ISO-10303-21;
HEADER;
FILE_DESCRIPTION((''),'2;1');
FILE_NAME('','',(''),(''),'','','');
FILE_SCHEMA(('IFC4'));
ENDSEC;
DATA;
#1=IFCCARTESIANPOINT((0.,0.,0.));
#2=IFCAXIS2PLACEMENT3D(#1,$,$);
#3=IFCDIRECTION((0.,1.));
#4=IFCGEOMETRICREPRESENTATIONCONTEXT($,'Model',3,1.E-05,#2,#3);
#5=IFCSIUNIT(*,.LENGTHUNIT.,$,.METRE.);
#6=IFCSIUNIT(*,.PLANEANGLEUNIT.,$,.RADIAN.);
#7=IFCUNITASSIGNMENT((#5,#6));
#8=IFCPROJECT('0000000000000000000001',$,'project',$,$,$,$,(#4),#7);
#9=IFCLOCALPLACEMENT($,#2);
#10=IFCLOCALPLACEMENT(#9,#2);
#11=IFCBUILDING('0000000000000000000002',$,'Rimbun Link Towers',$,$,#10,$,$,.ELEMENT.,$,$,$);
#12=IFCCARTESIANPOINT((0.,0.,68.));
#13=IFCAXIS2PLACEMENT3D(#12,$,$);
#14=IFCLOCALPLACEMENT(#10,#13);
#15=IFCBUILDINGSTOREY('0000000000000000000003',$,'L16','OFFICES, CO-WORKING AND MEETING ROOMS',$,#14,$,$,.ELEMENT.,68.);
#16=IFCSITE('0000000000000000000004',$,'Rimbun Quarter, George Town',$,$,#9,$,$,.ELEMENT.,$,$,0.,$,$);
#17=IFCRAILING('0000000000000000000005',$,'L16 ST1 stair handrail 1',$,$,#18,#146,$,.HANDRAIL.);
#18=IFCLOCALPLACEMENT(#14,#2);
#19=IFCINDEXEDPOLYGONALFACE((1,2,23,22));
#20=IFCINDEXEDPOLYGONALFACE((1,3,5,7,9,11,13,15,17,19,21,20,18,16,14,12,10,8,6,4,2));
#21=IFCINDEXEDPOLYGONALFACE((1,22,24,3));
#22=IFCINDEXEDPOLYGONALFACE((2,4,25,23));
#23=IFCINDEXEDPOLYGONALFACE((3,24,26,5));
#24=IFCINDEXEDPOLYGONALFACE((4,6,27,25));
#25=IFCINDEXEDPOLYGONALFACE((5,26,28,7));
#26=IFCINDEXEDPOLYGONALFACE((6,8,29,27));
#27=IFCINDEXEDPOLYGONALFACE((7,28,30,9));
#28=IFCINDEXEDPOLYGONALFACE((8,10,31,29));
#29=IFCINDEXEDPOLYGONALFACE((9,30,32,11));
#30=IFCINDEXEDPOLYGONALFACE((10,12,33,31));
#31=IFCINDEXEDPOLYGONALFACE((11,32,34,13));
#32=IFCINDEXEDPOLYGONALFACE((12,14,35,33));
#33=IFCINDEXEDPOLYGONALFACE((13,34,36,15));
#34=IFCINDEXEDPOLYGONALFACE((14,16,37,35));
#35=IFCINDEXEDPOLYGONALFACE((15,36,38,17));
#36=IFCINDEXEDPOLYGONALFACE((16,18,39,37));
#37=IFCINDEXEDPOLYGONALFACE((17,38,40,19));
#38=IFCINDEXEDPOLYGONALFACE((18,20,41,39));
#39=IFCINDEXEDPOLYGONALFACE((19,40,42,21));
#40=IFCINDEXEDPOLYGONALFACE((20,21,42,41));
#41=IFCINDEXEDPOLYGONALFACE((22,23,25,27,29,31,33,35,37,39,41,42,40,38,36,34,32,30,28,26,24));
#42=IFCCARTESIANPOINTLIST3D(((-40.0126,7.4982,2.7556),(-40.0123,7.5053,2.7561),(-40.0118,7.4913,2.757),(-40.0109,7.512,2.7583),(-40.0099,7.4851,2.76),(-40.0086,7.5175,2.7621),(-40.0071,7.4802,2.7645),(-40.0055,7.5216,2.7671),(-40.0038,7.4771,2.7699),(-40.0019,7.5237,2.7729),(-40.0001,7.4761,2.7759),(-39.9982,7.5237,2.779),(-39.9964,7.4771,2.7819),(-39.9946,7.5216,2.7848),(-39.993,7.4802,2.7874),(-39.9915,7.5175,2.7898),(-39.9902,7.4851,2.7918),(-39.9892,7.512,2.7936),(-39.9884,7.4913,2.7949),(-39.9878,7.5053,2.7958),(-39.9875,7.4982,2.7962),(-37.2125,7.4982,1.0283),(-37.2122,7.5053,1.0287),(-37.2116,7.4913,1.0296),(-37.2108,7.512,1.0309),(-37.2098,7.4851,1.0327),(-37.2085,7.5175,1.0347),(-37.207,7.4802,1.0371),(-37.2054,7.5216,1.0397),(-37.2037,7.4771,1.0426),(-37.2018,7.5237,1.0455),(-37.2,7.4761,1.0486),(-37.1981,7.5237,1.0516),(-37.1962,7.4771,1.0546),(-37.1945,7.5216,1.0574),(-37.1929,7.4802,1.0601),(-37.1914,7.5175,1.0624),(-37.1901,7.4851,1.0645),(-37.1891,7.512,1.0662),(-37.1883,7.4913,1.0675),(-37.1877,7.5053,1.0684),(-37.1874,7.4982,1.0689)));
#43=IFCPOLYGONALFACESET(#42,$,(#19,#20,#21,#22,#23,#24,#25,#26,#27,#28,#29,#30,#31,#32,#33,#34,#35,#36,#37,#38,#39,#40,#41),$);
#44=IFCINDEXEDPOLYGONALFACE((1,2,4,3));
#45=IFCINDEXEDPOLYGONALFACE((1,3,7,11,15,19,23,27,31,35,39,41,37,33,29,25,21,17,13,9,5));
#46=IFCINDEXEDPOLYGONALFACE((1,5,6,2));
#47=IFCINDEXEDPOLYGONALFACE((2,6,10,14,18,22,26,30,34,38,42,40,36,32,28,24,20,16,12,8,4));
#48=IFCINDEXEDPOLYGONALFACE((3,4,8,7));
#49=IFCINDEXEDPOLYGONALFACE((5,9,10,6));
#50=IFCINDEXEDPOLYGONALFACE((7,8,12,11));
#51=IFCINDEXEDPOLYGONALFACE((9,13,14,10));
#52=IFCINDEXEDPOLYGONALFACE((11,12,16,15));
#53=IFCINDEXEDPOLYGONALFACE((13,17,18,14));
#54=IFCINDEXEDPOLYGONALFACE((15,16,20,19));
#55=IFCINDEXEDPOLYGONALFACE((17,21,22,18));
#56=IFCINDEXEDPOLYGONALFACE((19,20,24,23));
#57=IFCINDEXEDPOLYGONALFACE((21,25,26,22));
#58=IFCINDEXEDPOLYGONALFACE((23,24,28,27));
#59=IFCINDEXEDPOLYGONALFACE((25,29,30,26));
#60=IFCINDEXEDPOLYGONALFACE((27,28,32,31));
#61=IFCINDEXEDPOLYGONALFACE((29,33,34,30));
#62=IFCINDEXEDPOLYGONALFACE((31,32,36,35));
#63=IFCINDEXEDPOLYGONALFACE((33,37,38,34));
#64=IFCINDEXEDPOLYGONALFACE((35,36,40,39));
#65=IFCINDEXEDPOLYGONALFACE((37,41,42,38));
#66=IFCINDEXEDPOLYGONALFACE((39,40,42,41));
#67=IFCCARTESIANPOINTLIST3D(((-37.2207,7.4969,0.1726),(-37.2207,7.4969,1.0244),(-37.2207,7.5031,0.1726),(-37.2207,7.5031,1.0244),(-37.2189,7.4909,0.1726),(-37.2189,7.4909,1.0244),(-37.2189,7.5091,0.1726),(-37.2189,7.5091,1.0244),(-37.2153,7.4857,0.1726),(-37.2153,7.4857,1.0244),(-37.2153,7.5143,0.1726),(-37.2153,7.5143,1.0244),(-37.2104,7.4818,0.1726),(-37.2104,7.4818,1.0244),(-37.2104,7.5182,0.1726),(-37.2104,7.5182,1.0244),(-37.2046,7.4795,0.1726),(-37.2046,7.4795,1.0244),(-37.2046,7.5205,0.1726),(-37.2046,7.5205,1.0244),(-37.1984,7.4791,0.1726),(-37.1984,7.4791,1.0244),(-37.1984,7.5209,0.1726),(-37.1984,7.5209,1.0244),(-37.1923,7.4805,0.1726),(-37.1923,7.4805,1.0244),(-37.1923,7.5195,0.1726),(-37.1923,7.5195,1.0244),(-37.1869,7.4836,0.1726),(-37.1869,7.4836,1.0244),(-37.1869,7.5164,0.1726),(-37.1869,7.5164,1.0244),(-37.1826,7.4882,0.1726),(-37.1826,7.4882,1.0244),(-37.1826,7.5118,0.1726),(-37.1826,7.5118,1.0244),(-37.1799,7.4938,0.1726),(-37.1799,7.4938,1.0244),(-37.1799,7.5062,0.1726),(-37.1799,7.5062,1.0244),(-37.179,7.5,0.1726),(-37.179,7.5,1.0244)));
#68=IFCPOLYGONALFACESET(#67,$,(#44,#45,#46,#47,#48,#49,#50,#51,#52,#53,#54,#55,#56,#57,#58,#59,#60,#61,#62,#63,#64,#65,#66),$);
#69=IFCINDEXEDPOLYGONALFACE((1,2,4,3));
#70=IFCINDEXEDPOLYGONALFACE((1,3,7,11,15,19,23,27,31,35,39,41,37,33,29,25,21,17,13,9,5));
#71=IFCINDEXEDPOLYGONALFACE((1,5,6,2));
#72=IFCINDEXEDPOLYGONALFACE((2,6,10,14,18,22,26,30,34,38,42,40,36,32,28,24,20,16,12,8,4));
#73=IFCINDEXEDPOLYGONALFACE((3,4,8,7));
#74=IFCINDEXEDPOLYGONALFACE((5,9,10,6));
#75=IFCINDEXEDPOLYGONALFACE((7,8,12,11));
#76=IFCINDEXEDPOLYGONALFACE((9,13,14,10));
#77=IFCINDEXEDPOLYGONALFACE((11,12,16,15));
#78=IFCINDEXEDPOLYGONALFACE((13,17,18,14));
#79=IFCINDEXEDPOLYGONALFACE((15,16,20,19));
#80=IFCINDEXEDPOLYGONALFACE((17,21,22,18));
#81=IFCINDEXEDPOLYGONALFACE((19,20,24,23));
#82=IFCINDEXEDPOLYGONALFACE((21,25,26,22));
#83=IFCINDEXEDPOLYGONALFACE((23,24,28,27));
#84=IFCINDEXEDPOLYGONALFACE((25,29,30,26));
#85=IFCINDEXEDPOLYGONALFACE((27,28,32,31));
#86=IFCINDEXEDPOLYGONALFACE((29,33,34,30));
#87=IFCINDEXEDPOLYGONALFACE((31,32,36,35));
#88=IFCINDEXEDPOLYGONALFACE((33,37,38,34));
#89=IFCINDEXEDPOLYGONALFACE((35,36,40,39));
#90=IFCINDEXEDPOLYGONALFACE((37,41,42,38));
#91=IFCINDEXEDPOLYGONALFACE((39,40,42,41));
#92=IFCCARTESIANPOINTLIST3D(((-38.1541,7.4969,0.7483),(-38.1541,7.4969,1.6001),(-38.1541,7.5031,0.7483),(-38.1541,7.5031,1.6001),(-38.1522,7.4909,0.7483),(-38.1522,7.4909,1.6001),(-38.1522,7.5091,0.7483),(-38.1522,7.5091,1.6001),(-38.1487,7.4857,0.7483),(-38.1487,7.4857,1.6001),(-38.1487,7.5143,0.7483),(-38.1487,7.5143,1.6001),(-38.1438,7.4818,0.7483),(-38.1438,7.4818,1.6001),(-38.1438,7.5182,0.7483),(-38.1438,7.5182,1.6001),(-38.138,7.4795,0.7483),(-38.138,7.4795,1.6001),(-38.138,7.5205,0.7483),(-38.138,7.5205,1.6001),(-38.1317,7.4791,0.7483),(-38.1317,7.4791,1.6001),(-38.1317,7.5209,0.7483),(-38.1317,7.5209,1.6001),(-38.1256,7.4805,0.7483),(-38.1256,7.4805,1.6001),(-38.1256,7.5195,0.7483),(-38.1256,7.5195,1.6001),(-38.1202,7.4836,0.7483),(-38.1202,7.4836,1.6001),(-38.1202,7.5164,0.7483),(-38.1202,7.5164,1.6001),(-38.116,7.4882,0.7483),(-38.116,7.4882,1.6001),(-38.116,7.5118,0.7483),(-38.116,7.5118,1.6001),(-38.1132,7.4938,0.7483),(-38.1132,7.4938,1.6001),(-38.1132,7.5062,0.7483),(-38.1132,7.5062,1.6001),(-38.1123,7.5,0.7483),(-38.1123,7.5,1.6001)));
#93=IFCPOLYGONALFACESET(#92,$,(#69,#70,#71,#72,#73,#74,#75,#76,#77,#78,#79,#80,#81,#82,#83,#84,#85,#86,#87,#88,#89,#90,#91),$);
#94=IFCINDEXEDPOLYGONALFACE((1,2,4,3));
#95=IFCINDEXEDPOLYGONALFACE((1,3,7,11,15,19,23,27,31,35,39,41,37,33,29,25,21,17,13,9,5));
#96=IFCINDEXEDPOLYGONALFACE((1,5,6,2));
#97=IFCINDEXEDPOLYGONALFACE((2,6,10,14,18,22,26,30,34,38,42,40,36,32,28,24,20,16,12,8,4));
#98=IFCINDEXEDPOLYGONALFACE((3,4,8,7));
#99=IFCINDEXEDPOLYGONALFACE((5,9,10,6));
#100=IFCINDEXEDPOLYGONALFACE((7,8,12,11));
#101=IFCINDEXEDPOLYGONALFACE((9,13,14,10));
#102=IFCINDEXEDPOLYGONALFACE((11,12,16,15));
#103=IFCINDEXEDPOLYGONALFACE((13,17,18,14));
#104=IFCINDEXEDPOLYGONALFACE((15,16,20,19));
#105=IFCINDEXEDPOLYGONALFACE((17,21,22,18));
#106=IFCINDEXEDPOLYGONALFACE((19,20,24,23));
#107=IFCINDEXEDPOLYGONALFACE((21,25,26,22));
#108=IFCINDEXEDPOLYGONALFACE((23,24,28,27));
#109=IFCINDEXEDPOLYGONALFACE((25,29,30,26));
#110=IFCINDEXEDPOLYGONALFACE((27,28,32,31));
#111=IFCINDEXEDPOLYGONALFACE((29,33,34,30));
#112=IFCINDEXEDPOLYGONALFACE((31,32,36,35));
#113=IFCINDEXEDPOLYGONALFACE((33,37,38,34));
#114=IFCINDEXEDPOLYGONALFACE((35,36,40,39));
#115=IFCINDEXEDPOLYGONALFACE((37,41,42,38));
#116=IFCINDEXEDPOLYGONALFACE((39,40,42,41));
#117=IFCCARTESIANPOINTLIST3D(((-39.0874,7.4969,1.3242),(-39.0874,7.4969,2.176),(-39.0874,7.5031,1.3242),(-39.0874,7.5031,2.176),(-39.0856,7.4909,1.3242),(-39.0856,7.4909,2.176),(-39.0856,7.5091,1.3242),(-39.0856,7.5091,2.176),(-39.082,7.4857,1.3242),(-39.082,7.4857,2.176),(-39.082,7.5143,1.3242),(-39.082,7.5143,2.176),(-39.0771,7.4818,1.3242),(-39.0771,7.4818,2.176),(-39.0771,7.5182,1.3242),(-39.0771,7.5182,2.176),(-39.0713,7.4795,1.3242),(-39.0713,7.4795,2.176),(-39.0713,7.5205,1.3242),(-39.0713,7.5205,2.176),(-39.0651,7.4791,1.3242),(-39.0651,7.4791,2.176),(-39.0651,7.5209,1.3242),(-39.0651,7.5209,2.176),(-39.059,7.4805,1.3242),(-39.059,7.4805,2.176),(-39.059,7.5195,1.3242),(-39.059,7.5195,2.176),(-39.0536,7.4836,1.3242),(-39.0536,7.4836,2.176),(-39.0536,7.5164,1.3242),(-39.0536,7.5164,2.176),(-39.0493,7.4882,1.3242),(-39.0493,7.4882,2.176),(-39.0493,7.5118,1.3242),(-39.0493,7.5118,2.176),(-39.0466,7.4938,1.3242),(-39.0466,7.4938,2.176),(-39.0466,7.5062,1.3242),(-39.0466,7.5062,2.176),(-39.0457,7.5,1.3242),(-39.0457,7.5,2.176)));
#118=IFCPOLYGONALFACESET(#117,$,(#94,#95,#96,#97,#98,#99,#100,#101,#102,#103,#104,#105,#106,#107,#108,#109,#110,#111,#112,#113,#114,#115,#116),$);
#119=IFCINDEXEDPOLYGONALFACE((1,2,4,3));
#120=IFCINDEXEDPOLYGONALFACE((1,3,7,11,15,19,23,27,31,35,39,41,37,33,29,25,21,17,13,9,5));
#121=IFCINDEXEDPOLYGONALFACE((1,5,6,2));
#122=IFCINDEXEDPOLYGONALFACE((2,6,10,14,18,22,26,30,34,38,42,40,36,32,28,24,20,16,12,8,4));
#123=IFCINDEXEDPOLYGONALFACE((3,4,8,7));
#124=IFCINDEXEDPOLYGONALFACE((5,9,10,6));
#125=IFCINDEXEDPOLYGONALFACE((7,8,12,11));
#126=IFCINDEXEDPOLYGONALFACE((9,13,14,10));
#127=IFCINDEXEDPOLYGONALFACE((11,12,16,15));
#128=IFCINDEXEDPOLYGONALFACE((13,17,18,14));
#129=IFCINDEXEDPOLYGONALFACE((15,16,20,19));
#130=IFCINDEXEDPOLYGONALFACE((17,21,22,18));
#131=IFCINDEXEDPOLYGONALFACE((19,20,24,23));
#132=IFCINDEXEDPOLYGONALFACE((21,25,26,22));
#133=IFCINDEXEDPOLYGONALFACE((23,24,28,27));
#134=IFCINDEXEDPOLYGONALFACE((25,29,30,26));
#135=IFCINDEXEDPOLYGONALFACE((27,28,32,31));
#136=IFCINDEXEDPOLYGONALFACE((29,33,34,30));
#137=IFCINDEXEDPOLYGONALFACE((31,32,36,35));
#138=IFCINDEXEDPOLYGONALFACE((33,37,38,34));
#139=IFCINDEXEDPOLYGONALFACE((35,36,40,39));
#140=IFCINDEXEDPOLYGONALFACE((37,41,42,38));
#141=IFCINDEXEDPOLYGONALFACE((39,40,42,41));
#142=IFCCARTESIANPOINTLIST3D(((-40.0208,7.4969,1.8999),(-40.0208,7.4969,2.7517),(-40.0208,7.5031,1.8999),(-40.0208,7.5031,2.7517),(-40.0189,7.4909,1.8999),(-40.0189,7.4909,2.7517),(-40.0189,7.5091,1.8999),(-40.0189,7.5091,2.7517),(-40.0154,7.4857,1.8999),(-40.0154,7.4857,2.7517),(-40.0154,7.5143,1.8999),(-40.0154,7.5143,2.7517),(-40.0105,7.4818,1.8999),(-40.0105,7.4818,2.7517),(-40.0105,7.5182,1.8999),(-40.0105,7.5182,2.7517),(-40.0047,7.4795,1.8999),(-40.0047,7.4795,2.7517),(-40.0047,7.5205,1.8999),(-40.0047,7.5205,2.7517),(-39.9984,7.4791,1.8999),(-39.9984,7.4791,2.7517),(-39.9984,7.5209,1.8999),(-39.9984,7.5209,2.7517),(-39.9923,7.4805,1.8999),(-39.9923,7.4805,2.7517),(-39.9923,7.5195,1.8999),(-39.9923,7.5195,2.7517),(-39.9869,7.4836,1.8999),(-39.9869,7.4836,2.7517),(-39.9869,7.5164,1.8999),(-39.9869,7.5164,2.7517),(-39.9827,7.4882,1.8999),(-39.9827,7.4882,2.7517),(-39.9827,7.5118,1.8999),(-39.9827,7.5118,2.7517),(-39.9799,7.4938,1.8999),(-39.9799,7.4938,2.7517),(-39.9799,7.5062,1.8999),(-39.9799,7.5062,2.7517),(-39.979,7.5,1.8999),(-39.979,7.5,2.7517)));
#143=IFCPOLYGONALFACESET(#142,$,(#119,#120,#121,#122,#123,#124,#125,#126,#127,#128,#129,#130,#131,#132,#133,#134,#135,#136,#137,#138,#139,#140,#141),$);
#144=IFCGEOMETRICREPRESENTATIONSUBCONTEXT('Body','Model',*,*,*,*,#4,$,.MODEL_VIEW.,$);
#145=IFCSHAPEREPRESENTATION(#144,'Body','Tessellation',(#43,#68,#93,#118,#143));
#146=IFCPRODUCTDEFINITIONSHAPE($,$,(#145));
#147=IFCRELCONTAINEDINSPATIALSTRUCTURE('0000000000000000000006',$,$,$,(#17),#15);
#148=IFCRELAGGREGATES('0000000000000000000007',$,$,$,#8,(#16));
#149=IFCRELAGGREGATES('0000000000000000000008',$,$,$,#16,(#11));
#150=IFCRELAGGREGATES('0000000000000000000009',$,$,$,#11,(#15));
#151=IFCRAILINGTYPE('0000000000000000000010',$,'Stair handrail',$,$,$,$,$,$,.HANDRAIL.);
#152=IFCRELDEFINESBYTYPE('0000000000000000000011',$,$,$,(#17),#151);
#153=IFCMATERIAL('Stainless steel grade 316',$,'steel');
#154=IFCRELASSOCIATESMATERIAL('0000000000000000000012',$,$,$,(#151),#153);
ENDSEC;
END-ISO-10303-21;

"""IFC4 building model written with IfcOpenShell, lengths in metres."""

from ifc_helpers import new_model, si_unit, direction, frame, origin, origin_2d, place, context, subcontext, project, spatial, circle, extrude, material, type_object, element, save


model = new_model("IFC4")

# Units and contexts
model_context = context("Model", 3, precision=1e-05, world=origin(), true_north=direction((0.0, 1.0)))
body_context = subcontext(model_context, "Body", "Model", "MODEL_VIEW")
ifc_project = project(units=[si_unit("LENGTHUNIT", "METRE"), si_unit("PLANEANGLEUNIT", "RADIAN")], contexts=[model_context])

# Site, building, storey
site_placement = place(None, origin())
site = spatial("IfcSite", under=ifc_project, at=site_placement, Name="Rimbun Quarter, George Town", CompositionType="ELEMENT", RefElevation=0.0)
building_placement = place(site_placement, origin())
building = spatial("IfcBuilding", under=site, at=building_placement, Name="Rimbun Link Towers", CompositionType="ELEMENT")
storey_placement = place(building_placement, frame((0.0, 0.0, 68.0)))
storey = spatial("IfcBuildingStorey", under=building, at=storey_placement, Name="L16", Description="OFFICES, CO-WORKING AND MEETING ROOMS", CompositionType="ELEMENT", Elevation=68.0)

# Railing
ifc_material_1 = material(Name="Stainless steel grade 316", Category="steel")
railing_type_1 = type_object("IfcRailingType", Name="Stair handrail", PredefinedType="HANDRAIL", material=ifc_material_1)
railing_1_placement = place(storey_placement, frame((-37.2, 7.5, 0.1726)))
element("IfcRailing", 1, at=railing_1_placement, inside=storey, type_object=railing_type_1, Name="L16 ST1 stair handrail 1", PredefinedType="HANDRAIL", context=body_context, shape_type="SweptSolid", body=[
    extrude(circle(Radius=0.0239, at=origin_2d()), frame((0.0, 0.0, 0.876), z_axis=(-0.85109, 0.0, 0.52502), x_axis=(0.0, -1.0, 0.0)), (0.0, 0.0, 1.0), 3.29),
    extrude(circle(Radius=0.021, at=origin_2d()), origin(), (0.0, 0.0, 1.0), 0.8518),
    extrude(circle(Radius=0.021, at=origin_2d()), frame((-0.9333, 0.0, 0.5757)), (0.0, 0.0, 1.0), 0.8518),
    extrude(circle(Radius=0.021, at=origin_2d()), frame((-1.8667, 0.0, 1.1516)), (0.0, 0.0, 1.0), 0.8518),
    extrude(circle(Radius=0.021, at=origin_2d()), frame((-2.8, 0.0, 1.7273)), (0.0, 0.0, 1.0), 0.8518),
])

save(model, "model.ifc")
